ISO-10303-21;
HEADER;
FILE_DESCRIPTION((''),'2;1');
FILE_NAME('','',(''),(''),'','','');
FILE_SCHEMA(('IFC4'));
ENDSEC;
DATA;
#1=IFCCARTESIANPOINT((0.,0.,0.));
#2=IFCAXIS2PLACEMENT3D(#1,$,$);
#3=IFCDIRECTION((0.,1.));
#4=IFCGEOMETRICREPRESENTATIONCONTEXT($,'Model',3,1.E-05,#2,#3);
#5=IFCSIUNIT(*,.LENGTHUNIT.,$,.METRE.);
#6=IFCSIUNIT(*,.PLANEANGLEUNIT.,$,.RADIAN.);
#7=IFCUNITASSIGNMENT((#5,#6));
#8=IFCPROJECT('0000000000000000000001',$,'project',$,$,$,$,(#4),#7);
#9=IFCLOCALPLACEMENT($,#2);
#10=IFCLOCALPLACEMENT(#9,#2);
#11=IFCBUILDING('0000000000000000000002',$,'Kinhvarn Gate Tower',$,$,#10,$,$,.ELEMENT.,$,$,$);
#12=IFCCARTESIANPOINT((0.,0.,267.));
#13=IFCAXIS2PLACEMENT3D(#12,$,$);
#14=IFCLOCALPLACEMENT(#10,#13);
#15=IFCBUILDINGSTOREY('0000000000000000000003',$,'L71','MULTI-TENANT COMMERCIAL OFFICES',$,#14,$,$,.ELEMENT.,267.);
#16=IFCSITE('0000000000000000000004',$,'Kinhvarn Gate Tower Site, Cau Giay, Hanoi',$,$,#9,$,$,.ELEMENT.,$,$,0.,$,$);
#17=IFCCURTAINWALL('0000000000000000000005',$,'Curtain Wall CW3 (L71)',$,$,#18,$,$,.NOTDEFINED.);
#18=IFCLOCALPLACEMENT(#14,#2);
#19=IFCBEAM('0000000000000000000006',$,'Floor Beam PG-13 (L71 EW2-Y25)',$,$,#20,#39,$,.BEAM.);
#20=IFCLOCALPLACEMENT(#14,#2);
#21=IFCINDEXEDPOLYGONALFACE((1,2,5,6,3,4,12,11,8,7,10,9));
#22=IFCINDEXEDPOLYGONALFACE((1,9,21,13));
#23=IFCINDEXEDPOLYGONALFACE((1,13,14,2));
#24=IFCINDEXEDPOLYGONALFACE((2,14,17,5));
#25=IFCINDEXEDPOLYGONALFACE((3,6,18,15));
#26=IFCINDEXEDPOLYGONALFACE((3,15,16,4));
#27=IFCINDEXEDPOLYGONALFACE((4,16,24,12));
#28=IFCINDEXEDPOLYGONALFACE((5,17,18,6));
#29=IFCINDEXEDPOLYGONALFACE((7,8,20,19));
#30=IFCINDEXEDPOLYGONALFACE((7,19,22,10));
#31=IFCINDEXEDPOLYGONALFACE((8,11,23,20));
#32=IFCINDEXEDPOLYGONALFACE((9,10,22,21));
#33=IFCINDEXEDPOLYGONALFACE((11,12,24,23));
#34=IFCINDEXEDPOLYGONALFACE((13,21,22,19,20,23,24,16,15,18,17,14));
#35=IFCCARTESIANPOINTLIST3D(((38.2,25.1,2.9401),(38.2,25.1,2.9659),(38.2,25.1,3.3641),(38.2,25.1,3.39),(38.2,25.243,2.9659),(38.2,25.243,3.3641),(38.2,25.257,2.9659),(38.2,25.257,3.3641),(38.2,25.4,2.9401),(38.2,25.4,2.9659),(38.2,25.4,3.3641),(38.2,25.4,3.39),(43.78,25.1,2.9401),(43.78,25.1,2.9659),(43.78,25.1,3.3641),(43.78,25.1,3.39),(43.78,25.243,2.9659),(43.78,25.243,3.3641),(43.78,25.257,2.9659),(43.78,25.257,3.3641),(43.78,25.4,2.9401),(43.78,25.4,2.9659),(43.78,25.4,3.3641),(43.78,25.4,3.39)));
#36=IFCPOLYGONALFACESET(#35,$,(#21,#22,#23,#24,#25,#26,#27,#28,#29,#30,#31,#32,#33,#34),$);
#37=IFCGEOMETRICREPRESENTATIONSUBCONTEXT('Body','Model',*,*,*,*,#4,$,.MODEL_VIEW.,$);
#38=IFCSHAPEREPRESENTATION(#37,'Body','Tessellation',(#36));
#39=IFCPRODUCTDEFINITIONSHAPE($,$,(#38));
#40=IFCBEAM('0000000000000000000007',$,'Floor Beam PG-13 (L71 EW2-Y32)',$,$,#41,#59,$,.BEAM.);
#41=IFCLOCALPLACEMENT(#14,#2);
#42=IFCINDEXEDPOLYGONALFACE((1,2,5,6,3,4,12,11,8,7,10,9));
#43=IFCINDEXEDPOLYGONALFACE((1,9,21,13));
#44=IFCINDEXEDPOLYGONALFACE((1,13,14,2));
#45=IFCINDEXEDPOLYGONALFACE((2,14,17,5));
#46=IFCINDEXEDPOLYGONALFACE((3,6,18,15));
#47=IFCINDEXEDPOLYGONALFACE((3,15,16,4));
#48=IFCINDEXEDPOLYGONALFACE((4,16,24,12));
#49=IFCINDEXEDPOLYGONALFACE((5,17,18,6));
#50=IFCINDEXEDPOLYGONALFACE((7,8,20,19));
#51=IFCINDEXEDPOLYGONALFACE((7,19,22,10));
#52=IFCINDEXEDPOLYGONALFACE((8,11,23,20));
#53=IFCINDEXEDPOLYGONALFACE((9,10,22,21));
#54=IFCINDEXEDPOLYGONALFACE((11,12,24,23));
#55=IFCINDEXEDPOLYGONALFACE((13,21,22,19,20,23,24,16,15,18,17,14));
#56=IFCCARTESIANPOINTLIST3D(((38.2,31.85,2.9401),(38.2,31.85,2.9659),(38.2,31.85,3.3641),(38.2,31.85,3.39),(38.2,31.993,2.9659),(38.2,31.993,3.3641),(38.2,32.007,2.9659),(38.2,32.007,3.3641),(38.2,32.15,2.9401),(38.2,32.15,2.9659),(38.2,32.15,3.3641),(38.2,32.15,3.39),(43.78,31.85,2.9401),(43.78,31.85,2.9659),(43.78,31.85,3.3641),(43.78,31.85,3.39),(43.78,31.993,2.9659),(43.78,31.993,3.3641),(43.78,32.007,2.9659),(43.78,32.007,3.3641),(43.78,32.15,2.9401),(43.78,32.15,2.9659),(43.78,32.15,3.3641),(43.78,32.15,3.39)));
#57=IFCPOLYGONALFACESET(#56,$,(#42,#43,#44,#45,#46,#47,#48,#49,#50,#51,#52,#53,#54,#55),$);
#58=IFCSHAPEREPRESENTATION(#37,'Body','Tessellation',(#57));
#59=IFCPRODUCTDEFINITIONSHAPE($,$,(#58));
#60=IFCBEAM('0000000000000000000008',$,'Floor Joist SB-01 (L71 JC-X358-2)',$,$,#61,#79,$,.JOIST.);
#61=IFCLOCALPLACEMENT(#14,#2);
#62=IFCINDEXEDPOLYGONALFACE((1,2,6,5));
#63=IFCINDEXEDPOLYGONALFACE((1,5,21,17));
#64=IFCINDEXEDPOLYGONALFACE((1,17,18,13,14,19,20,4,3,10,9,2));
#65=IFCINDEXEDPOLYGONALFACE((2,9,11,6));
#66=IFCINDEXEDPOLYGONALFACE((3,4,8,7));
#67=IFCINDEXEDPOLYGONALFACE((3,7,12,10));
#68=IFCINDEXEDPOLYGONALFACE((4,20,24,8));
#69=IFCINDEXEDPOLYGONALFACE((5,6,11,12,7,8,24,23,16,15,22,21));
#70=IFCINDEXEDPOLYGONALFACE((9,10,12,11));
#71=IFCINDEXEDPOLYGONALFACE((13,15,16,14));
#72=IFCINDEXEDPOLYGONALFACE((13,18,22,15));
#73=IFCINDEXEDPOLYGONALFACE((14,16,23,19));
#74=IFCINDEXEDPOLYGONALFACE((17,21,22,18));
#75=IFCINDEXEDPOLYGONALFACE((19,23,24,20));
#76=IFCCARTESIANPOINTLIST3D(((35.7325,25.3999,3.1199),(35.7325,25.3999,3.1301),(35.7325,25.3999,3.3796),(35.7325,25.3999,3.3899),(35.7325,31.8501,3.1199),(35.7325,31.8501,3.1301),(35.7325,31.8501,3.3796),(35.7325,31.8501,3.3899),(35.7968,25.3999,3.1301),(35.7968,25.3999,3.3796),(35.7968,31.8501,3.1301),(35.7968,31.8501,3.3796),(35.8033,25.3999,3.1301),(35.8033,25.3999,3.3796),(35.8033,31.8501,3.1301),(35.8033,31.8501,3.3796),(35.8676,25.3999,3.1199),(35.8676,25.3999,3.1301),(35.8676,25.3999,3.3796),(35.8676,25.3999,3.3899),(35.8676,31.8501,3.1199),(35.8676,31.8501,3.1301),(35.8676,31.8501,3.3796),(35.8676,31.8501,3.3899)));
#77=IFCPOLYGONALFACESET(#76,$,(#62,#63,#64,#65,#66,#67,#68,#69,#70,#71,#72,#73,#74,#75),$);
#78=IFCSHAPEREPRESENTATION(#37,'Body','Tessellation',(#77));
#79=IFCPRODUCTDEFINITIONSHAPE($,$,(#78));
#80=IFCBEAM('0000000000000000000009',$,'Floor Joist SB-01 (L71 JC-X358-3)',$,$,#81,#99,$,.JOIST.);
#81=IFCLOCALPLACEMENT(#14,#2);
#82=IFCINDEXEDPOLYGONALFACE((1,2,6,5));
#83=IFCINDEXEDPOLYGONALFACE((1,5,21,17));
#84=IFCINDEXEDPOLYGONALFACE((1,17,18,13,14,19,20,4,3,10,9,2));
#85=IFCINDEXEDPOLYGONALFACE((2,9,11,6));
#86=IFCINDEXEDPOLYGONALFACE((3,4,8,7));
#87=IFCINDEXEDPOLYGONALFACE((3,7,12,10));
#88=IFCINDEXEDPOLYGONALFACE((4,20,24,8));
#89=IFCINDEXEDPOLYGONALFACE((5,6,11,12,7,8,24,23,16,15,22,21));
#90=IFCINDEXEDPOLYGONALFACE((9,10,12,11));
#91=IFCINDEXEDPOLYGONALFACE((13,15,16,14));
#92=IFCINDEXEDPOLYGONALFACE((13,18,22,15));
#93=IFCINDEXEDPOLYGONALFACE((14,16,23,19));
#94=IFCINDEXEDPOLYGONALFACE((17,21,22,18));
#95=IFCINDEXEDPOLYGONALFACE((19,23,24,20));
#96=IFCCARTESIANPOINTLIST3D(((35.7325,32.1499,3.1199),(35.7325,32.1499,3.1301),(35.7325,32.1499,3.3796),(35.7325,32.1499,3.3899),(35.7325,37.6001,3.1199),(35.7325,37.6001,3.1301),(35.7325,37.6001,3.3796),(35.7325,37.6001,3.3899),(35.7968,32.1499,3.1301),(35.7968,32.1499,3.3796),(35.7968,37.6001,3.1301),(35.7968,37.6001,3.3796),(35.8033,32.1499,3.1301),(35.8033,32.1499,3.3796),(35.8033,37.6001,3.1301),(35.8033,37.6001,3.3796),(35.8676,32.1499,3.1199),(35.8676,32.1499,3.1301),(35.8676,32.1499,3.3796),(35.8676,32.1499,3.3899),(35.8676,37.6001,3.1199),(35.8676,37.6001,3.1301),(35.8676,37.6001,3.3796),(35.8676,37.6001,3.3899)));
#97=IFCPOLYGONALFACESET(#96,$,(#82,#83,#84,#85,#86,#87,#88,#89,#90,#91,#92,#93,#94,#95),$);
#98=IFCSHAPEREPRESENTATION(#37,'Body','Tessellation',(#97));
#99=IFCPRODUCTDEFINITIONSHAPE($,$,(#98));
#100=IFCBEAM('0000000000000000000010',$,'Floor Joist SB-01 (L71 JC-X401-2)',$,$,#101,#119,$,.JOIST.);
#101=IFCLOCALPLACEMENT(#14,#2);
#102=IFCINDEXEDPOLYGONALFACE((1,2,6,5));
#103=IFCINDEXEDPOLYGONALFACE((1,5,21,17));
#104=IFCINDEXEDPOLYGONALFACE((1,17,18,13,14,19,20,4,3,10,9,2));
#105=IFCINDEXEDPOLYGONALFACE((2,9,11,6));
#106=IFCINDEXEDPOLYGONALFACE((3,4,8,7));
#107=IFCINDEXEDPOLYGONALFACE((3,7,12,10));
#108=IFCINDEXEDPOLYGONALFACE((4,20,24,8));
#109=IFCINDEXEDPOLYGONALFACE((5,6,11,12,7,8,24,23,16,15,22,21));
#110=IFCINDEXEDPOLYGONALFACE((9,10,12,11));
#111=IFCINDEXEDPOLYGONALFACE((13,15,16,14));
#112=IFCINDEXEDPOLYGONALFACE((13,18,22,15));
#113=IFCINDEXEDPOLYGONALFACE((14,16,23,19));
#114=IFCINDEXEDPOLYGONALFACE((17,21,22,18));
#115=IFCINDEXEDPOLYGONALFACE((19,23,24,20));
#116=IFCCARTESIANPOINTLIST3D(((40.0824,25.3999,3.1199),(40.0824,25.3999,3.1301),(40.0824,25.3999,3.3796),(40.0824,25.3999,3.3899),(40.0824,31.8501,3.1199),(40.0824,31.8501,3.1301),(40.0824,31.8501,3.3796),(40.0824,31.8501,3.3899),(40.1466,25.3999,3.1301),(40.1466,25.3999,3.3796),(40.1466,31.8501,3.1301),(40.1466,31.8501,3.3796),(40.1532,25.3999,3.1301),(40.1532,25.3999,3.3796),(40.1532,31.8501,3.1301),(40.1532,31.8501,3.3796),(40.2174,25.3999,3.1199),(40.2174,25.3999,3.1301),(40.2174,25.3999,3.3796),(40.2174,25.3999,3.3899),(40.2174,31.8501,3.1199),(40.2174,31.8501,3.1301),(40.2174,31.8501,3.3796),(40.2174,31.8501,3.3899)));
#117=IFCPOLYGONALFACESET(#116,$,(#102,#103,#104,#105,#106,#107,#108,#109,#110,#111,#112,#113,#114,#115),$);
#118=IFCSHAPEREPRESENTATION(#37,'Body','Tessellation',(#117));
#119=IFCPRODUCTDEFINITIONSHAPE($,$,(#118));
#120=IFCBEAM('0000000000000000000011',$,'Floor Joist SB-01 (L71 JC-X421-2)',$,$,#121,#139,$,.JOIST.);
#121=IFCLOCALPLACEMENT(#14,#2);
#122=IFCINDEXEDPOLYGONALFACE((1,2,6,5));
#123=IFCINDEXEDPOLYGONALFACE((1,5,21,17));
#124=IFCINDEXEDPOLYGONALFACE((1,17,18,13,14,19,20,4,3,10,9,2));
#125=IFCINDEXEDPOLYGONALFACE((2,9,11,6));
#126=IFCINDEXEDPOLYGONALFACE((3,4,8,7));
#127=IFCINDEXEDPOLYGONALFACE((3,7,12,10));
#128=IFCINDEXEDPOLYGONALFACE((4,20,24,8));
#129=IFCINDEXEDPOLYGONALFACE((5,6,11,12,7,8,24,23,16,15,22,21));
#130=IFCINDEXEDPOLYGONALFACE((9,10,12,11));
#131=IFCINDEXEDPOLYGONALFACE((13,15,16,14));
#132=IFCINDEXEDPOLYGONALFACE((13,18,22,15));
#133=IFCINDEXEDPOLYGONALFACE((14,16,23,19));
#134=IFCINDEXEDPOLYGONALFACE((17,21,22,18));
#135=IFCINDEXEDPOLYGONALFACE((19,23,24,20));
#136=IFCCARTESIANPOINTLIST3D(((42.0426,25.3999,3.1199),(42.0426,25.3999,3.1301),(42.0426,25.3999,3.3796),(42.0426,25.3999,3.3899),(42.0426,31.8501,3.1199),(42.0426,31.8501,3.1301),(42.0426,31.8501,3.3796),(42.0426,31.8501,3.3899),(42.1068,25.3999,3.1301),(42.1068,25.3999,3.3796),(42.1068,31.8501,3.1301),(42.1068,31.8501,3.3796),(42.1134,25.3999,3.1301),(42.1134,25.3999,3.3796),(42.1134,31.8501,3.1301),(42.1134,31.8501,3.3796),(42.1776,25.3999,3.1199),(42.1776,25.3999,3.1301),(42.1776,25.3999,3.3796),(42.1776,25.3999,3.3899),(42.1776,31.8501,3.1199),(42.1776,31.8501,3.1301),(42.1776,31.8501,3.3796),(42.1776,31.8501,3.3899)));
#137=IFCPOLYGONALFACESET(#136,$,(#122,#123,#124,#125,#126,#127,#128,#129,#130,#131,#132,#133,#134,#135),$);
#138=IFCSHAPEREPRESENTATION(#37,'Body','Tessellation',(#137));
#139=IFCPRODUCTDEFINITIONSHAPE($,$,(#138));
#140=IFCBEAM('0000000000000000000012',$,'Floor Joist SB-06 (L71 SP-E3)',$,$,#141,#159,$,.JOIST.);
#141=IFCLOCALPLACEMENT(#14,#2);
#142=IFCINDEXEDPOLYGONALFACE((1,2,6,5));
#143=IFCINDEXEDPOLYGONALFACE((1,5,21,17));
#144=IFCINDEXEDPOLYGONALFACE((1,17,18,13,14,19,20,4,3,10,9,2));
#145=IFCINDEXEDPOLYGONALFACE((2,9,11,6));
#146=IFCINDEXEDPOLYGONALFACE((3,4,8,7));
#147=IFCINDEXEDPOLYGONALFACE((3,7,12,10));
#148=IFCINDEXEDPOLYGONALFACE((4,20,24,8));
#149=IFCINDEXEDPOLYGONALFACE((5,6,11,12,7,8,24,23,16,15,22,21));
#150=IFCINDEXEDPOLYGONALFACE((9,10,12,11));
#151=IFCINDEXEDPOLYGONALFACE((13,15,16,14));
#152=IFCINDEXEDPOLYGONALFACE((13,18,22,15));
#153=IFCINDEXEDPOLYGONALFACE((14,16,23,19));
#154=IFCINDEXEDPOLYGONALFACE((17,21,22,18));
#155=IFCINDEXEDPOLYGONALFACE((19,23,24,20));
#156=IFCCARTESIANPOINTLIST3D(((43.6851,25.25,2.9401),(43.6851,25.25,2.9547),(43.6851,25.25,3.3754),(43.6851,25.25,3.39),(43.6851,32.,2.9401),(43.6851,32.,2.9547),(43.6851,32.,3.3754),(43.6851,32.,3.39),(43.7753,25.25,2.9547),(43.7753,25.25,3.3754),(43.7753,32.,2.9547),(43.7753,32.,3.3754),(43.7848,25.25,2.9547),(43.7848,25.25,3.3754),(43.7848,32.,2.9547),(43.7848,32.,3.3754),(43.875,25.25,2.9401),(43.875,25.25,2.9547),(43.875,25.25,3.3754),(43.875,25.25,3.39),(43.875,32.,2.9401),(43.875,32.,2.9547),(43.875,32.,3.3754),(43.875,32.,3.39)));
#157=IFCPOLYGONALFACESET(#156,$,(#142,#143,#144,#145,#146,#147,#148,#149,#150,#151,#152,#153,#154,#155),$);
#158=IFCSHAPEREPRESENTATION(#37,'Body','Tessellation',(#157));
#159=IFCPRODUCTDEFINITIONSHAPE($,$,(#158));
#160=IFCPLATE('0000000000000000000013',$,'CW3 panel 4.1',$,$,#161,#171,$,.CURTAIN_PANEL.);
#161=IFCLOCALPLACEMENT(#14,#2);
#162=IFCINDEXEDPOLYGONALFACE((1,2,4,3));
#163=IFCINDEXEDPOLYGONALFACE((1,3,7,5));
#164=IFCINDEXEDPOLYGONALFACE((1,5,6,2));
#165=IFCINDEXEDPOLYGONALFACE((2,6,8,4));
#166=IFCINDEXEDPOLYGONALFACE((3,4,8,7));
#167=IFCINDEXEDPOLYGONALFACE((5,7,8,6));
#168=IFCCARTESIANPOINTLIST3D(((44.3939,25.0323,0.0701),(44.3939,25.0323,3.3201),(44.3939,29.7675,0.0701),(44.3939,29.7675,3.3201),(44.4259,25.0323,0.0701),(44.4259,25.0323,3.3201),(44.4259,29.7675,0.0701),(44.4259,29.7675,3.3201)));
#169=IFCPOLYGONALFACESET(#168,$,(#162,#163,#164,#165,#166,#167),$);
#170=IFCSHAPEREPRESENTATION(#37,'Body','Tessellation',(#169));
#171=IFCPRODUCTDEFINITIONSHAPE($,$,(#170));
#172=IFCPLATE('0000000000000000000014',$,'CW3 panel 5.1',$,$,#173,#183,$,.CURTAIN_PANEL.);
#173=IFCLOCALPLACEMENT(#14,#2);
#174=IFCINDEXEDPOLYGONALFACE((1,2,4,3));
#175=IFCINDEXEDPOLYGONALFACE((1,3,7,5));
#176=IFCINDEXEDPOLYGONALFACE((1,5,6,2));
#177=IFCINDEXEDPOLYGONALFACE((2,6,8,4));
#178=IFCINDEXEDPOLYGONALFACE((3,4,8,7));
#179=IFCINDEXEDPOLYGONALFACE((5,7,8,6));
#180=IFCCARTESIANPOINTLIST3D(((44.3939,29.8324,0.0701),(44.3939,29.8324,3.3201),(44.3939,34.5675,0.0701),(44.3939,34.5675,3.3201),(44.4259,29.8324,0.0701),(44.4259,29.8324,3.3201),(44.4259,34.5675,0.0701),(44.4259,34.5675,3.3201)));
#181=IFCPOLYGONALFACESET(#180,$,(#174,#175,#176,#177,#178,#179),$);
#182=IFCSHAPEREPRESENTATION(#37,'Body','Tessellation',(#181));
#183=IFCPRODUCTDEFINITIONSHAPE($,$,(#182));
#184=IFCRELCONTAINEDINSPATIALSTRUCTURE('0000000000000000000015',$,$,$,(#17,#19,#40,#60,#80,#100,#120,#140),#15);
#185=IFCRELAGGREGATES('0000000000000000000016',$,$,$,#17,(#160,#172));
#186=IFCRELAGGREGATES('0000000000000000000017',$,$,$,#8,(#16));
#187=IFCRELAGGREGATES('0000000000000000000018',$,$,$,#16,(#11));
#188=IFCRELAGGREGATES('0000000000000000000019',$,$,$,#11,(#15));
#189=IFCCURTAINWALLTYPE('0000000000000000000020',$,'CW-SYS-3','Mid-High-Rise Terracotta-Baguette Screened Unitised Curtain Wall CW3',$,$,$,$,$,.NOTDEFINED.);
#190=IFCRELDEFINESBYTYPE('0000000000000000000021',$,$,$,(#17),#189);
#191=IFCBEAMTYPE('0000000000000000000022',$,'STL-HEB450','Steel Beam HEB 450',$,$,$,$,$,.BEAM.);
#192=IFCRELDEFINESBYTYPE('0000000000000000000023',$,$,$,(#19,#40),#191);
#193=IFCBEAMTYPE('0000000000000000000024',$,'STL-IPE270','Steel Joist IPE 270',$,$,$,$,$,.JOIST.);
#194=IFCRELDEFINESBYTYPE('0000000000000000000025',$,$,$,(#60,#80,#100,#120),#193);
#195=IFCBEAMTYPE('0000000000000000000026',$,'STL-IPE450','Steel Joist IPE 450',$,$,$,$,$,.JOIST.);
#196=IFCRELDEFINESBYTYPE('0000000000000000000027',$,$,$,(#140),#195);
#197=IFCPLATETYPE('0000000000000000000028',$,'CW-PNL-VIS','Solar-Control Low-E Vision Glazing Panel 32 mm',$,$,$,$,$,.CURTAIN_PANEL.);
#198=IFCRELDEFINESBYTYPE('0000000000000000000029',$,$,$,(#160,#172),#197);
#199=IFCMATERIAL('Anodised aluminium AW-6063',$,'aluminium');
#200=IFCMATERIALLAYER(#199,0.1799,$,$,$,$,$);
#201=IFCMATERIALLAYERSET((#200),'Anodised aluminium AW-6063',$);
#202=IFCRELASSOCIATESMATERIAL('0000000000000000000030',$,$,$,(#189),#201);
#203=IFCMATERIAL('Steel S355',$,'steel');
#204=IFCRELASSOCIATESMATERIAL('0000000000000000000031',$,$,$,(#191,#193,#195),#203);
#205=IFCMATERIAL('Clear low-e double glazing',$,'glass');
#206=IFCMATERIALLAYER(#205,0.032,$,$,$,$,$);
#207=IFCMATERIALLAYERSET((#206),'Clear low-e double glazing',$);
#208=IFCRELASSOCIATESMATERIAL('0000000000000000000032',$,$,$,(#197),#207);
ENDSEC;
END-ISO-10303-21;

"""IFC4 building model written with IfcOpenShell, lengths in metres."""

from ifc_helpers import new_model, si_unit, direction, frame, origin, origin_2d, place, context, subcontext, project, spatial, rectangle, i_section, extrude, material, layer, layer_set, material_profile, profile_set, type_object, element, aggregate, save


model = new_model("IFC4")

# Units and contexts
model_context = context("Model", 3, precision=1e-05, world=origin(), true_north=direction((0.0, 1.0)))
body_context = subcontext(model_context, "Body", "Model", "MODEL_VIEW")
ifc_project = project(units=[si_unit("LENGTHUNIT", "METRE"), si_unit("PLANEANGLEUNIT", "RADIAN")], contexts=[model_context])

# Site, building, storey
site_placement = place(None, origin())
site = spatial("IfcSite", under=ifc_project, at=site_placement, Name="Kinhvarn Gate Tower Site, Cau Giay, Hanoi", CompositionType="ELEMENT", RefElevation=0.0)
building_placement = place(site_placement, origin())
building = spatial("IfcBuilding", under=site, at=building_placement, Name="Kinhvarn Gate Tower", CompositionType="ELEMENT")
storey_placement = place(building_placement, frame((0.0, 0.0, 267.0)))
storey = spatial("IfcBuildingStorey", under=building, at=storey_placement, Name="L71", Description="MULTI-TENANT COMMERCIAL OFFICES", CompositionType="ELEMENT", Elevation=267.0)

# Curtain wall
ifc_material_1 = material(Name="Anodised aluminium AW-6063", Category="aluminium")
ifc_layer_1 = layer(ifc_material_1, 0.1799)
ifc_layer_set_1 = layer_set([ifc_layer_1], Name="Anodised aluminium AW-6063")
curtain_wall_type = type_object("IfcCurtainWallType", Name="CW-SYS-3", Description="Mid-High-Rise Terracotta-Baguette Screened Unitised Curtain Wall CW3", PredefinedType="NOTDEFINED", material=ifc_layer_set_1)
curtain_wall_placement = place(storey_placement, origin())
curtain_wall = element("IfcCurtainWall", 1, at=curtain_wall_placement, inside=storey, type_object=curtain_wall_type, Name="Curtain Wall CW3 (L71)", PredefinedType="NOTDEFINED")

# Beams
ifc_material_2 = material(Name="Steel S355", Category="steel")
ifc_material_profile_1 = material_profile(ifc_material_2, i_section(OverallWidth=0.3, OverallDepth=0.45, WebThickness=0.0139, FlangeThickness=0.0259, at=origin_2d()), Name="HEB 450")
ifc_profile_set_1 = profile_set([ifc_material_profile_1], Name="Steel S355")
beam_type_1 = type_object("IfcBeamType", Name="STL-HEB450", Description="Steel Beam HEB 450", PredefinedType="BEAM", material=ifc_profile_set_1)
for number, where, z_axis, x_axis, name in (
    (2, (38.2, 25.25, 3.165), (1.0, 0.0, 0.0), (0.0, 1.0, 0.0), "Floor Beam PG-13 (L71 EW2-Y25)"),
    (3, (38.2, 32.0, 3.165), (1.0, 0.0, 0.0), (0.0, 1.0, 0.0), "Floor Beam PG-13 (L71 EW2-Y32)"),
):
    element("IfcBeam", number, at=place(storey_placement, frame(where, z_axis=z_axis, x_axis=x_axis)), inside=storey, type_object=beam_type_1, Name=name, PredefinedType="BEAM", context=body_context, shape_type="SweptSolid", body=[
        extrude(i_section(OverallWidth=0.3, OverallDepth=0.45, WebThickness=0.0139, FlangeThickness=0.0259, at=origin_2d()), origin(), (0.0, 0.0, 1.0), 5.5801),
    ])
ifc_material_profile_2 = material_profile(ifc_material_2, i_section(OverallWidth=0.135, OverallDepth=0.27, WebThickness=0.0066, FlangeThickness=0.0103, at=origin_2d()), Name="IPE 270")
ifc_profile_set_2 = profile_set([ifc_material_profile_2], Name="Steel S355")
beam_type_2 = type_object("IfcBeamType", Name="STL-IPE270", Description="Steel Joist IPE 270", PredefinedType="JOIST", material=ifc_profile_set_2)
beam_1_placement = place(storey_placement, frame((35.8, 25.3999, 3.2549), z_axis=(0.0, 1.0, 0.0), x_axis=(-1.0, 0.0, 0.0)))
element("IfcBeam", 4, at=beam_1_placement, inside=storey, type_object=beam_type_2, Name="Floor Joist SB-01 (L71 JC-X358-2)", PredefinedType="JOIST", context=body_context, shape_type="SweptSolid", body=[
    extrude(i_section(OverallWidth=0.135, OverallDepth=0.27, WebThickness=0.0066, FlangeThickness=0.0103, at=origin_2d()), origin(), (0.0, 0.0, 1.0), 6.4502),
])
beam_2_placement = place(storey_placement, frame((35.8, 32.1499, 3.2549), z_axis=(0.0, 1.0, 0.0), x_axis=(-1.0, 0.0, 0.0)))
element("IfcBeam", 5, at=beam_2_placement, inside=storey, type_object=beam_type_2, Name="Floor Joist SB-01 (L71 JC-X358-3)", PredefinedType="JOIST", context=body_context, shape_type="SweptSolid", body=[
    extrude(i_section(OverallWidth=0.135, OverallDepth=0.27, WebThickness=0.0066, FlangeThickness=0.0103, at=origin_2d()), origin(), (0.0, 0.0, 1.0), 5.4502),
])
for number, where, z_axis, x_axis, name in (
    (6, (40.1499, 25.3999, 3.2549), (0.0, 1.0, 0.0), (-1.0, 0.0, 0.0), "Floor Joist SB-01 (L71 JC-X401-2)"),
    (7, (42.1101, 25.3999, 3.2549), (0.0, 1.0, 0.0), (-1.0, 0.0, 0.0), "Floor Joist SB-01 (L71 JC-X421-2)"),
):
    element("IfcBeam", number, at=place(storey_placement, frame(where, z_axis=z_axis, x_axis=x_axis)), inside=storey, type_object=beam_type_2, Name=name, PredefinedType="JOIST", context=body_context, shape_type="SweptSolid", body=[
        extrude(i_section(OverallWidth=0.135, OverallDepth=0.27, WebThickness=0.0066, FlangeThickness=0.0103, at=origin_2d()), origin(), (0.0, 0.0, 1.0), 6.4502),
    ])
ifc_material_profile_3 = material_profile(ifc_material_2, i_section(OverallWidth=0.1899, OverallDepth=0.45, WebThickness=0.0095, FlangeThickness=0.0146, at=origin_2d()), Name="IPE 450")
ifc_profile_set_3 = profile_set([ifc_material_profile_3], Name="Steel S355")
beam_type_3 = type_object("IfcBeamType", Name="STL-IPE450", Description="Steel Joist IPE 450", PredefinedType="JOIST", material=ifc_profile_set_3)
beam_3_placement = place(storey_placement, frame((43.78, 25.25, 3.165), z_axis=(0.0, 1.0, 0.0), x_axis=(-1.0, 0.0, 0.0)))
element("IfcBeam", 8, at=beam_3_placement, inside=storey, type_object=beam_type_3, Name="Floor Joist SB-06 (L71 SP-E3)", PredefinedType="JOIST", context=body_context, shape_type="SweptSolid", body=[
    extrude(i_section(OverallWidth=0.1899, OverallDepth=0.45, WebThickness=0.0095, FlangeThickness=0.0146, at=origin_2d()), origin(), (0.0, 0.0, 1.0), 6.75),
])

# Plates
ifc_material_3 = material(Name="Clear low-e double glazing", Category="glass")
ifc_layer_2 = layer(ifc_material_3, 0.032)
ifc_layer_set_2 = layer_set([ifc_layer_2], Name="Clear low-e double glazing")
plate_type = type_object("IfcPlateType", Name="CW-PNL-VIS", Description="Solar-Control Low-E Vision Glazing Panel 32 mm", PredefinedType="CURTAIN_PANEL", material=ifc_layer_set_2)
plate_1_placement = place(storey_placement, frame((44.4099, 27.3999, 0.0701), z_axis=(0.0, 0.0, 1.0), x_axis=(0.0, 1.0, 0.0)))
plate_1 = element("IfcPlate", 9, at=plate_1_placement, type_object=plate_type, Name="CW3 panel 4.1", PredefinedType="CURTAIN_PANEL", context=body_context, shape_type="SweptSolid", body=[
    extrude(rectangle(XDim=4.7351, YDim=0.032, at=origin_2d()), origin(), (0.0, 0.0, 1.0), 3.25),
])
plate_2_placement = place(storey_placement, frame((44.4099, 32.2, 0.0701), z_axis=(0.0, 0.0, 1.0), x_axis=(0.0, 1.0, 0.0)))
plate_2 = element("IfcPlate", 10, at=plate_2_placement, type_object=plate_type, Name="CW3 panel 5.1", PredefinedType="CURTAIN_PANEL", context=body_context, shape_type="SweptSolid", body=[
    extrude(rectangle(XDim=4.7351, YDim=0.032, at=origin_2d()), origin(), (0.0, 0.0, 1.0), 3.25),
])
aggregate(curtain_wall, [plate_1, plate_2])

save(model, "model.ifc")
